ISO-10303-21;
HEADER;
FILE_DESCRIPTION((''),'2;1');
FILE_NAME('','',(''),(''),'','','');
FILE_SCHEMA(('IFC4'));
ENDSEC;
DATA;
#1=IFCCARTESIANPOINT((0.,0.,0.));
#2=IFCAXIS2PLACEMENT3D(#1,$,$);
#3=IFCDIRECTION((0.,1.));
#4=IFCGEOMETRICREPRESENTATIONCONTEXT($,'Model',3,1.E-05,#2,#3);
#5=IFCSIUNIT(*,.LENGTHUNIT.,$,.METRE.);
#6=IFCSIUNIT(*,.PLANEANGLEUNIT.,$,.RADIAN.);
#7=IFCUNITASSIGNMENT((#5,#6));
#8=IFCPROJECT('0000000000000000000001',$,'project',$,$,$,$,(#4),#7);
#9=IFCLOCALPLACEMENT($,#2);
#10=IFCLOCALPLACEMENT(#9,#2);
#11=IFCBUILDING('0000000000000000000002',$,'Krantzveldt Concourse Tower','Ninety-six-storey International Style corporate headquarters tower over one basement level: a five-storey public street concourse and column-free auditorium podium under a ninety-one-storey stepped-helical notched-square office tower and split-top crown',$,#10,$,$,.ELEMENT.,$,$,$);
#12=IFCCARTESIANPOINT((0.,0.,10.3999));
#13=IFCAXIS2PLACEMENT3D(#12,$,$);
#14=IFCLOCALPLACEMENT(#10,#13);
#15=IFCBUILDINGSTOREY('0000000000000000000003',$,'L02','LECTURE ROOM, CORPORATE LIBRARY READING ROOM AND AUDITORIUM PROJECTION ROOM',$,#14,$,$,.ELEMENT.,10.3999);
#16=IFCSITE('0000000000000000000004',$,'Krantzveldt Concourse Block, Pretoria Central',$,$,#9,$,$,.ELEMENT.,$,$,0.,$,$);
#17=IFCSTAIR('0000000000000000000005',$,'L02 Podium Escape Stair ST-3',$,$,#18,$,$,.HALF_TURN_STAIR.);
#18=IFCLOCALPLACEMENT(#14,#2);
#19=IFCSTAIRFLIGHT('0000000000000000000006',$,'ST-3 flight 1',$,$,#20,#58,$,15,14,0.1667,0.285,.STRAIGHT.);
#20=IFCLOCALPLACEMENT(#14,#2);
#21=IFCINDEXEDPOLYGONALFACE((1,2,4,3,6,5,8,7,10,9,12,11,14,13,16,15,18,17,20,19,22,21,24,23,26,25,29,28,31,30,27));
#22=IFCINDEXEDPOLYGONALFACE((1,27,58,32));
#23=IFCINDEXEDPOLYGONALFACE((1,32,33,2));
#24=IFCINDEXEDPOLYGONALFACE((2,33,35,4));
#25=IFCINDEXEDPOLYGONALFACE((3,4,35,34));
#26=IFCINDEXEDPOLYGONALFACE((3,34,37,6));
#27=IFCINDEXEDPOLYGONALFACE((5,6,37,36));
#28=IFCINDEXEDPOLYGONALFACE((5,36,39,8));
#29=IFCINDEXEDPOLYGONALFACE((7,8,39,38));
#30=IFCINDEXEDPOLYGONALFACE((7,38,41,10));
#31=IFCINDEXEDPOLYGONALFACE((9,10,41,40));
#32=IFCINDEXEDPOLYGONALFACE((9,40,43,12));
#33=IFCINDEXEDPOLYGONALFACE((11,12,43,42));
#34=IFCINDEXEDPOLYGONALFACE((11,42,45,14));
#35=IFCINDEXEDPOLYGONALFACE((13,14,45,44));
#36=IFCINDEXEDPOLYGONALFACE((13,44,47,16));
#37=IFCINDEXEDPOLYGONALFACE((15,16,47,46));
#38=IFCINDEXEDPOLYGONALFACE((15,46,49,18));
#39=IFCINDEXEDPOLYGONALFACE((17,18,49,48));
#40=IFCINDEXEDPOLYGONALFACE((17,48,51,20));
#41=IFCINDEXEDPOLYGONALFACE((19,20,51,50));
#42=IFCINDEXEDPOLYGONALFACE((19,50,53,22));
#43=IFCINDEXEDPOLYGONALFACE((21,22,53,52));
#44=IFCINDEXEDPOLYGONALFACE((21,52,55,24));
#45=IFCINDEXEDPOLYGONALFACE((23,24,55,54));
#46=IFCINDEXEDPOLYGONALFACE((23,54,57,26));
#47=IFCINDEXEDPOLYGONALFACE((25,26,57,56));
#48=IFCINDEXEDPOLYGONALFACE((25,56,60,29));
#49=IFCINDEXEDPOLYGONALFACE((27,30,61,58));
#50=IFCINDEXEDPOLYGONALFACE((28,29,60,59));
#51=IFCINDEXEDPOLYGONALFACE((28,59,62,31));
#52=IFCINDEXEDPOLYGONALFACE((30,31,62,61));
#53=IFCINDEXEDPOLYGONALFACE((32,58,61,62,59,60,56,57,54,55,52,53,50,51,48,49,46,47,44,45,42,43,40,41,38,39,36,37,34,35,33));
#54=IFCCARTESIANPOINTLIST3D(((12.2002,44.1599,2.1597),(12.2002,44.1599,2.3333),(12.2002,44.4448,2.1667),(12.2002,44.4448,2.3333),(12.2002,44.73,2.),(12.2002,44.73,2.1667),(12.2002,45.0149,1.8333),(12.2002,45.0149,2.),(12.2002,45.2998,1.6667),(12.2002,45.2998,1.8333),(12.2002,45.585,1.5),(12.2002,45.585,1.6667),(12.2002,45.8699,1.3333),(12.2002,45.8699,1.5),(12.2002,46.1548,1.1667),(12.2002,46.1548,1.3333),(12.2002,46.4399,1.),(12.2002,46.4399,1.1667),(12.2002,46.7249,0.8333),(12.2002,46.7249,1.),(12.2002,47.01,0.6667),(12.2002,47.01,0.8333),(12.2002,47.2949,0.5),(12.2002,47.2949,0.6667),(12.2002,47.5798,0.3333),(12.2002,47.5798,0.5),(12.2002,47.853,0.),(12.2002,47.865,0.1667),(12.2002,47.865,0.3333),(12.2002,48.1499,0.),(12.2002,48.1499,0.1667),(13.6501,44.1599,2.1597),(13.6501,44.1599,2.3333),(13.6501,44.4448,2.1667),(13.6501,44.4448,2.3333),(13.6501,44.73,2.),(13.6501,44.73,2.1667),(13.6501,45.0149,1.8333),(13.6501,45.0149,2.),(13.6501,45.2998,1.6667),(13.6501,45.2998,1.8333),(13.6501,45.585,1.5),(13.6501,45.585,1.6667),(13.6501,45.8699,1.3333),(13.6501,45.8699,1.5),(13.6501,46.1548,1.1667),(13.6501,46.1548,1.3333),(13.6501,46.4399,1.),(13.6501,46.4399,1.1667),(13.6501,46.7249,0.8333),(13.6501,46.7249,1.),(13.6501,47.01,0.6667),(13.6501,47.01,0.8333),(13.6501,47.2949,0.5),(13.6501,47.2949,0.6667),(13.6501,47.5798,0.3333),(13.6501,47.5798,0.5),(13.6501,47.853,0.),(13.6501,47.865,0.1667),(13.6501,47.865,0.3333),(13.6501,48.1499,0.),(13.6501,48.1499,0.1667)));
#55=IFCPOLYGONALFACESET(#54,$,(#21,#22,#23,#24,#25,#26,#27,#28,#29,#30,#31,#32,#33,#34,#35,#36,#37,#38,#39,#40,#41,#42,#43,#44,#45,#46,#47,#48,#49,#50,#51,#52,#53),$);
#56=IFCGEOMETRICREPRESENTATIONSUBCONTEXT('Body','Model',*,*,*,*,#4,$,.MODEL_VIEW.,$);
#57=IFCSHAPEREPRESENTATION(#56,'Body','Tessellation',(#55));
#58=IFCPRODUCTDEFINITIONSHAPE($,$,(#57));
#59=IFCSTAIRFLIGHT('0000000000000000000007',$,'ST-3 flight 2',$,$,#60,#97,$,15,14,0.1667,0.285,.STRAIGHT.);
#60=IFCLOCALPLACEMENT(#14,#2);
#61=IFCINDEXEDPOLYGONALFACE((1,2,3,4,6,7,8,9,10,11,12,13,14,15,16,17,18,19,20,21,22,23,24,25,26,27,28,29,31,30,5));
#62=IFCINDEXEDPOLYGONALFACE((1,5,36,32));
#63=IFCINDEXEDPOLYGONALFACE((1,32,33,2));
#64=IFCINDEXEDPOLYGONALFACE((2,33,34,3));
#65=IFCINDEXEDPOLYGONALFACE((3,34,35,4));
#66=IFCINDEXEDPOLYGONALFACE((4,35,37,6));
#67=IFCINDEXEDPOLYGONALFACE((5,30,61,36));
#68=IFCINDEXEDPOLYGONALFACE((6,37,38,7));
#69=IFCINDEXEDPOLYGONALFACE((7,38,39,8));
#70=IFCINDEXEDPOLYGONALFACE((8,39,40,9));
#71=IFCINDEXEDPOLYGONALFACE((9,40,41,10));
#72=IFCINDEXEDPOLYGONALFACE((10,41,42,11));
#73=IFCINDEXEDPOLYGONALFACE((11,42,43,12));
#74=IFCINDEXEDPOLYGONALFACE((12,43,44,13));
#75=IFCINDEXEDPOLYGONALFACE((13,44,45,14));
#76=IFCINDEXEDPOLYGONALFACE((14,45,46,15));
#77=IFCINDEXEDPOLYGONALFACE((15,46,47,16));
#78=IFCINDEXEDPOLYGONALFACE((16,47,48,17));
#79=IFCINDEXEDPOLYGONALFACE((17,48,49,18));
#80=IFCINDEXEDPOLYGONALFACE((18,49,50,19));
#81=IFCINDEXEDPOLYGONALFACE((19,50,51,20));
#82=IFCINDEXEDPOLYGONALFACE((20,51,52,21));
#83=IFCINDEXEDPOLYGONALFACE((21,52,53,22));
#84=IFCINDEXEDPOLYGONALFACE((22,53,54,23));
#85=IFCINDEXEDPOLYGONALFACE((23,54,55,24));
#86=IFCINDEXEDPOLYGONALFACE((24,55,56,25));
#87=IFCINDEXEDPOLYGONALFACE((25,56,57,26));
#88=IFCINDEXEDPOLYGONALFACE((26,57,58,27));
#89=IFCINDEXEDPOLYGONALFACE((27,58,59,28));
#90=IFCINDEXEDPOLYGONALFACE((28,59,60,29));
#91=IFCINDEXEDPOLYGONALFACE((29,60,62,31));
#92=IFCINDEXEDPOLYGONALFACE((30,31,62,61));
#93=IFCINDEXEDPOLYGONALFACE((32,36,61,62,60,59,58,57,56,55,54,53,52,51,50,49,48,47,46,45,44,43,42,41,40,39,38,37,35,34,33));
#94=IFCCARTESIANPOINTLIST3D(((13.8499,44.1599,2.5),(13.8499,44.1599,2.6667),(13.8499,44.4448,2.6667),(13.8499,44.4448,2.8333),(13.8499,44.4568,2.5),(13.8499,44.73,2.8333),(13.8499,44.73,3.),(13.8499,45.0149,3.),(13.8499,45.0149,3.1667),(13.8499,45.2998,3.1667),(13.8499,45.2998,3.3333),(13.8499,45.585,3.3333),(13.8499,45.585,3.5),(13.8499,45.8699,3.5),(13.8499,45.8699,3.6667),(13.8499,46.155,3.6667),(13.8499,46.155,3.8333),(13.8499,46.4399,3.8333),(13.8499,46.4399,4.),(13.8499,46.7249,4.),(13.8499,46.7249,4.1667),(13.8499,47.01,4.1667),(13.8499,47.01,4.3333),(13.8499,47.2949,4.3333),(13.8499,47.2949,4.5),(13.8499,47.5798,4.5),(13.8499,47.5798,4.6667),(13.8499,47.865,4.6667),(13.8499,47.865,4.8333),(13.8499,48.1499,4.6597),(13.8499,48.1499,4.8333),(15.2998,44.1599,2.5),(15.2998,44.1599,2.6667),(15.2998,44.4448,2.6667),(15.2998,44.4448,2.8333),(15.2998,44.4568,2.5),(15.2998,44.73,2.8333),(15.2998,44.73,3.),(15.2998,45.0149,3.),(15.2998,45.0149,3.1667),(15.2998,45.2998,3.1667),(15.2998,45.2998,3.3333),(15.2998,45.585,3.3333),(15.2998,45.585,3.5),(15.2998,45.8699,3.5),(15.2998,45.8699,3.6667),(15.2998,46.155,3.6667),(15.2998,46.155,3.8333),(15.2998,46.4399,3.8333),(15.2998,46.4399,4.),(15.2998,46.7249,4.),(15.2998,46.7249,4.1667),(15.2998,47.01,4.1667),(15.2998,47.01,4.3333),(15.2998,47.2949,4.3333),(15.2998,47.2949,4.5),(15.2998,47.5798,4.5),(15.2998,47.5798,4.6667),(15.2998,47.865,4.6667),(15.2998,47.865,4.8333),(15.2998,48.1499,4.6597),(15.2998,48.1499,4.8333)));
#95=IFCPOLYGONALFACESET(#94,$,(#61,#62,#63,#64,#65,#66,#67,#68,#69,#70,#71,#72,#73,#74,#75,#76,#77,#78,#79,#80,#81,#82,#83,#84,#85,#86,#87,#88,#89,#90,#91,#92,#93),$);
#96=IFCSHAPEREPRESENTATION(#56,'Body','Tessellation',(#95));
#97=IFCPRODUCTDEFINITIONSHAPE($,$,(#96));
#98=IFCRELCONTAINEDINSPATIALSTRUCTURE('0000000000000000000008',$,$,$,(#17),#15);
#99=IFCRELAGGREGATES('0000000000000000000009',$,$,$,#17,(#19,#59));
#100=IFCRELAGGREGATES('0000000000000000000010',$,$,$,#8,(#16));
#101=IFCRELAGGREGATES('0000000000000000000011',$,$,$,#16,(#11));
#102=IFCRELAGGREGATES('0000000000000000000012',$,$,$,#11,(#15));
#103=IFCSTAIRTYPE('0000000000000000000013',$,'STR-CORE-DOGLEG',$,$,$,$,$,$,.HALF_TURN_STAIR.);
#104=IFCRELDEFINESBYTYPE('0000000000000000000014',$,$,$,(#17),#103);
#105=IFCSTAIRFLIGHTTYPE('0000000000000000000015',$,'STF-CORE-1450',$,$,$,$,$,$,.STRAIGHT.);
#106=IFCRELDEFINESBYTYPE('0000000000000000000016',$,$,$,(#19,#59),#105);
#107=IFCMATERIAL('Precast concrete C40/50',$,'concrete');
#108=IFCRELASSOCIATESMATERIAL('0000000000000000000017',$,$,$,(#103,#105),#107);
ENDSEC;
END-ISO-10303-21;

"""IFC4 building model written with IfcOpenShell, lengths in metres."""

from ifc_helpers import new_model, si_unit, direction, frame, origin, place, context, subcontext, project, spatial, polyline, outline, extrude, material, type_object, element, aggregate, save


model = new_model("IFC4")

# Units and contexts
model_context = context("Model", 3, precision=1e-05, world=origin(), true_north=direction((0.0, 1.0)))
body_context = subcontext(model_context, "Body", "Model", "MODEL_VIEW")
ifc_project = project(units=[si_unit("LENGTHUNIT", "METRE"), si_unit("PLANEANGLEUNIT", "RADIAN")], contexts=[model_context])

# Site, building, storey
site_placement = place(None, origin())
site = spatial("IfcSite", under=ifc_project, at=site_placement, Name="Krantzveldt Concourse Block, Pretoria Central", CompositionType="ELEMENT", RefElevation=0.0)
building_placement = place(site_placement, origin())
building = spatial("IfcBuilding", under=site, at=building_placement, Name="Krantzveldt Concourse Tower", Description="Ninety-six-storey International Style corporate headquarters tower over one basement level: a five-storey public street concourse and column-free auditorium podium under a ninety-one-storey stepped-helical notched-square office tower and split-top crown", CompositionType="ELEMENT")
storey_placement = place(building_placement, frame((0.0, 0.0, 10.3999)))
storey = spatial("IfcBuildingStorey", under=building, at=storey_placement, Name="L02", Description="LECTURE ROOM, CORPORATE LIBRARY READING ROOM AND AUDITORIUM PROJECTION ROOM", CompositionType="ELEMENT", Elevation=10.3999)

# Stair, stair flights
ifc_material_1 = material(Name="Precast concrete C40/50", Category="concrete")
stair_type = type_object("IfcStairType", Name="STR-CORE-DOGLEG", PredefinedType="HALF_TURN_STAIR", material=ifc_material_1)
stair_placement = place(storey_placement, origin())
stair = element("IfcStair", 1, at=stair_placement, inside=storey, type_object=stair_type, Name="L02 Podium Escape Stair ST-3", PredefinedType="HALF_TURN_STAIR")
stair_flight_type = type_object("IfcStairFlightType", Name="STF-CORE-1450", PredefinedType="STRAIGHT", material=ifc_material_1)
stair_flight_1_placement = place(storey_placement, frame((12.925, 48.1499, 0.0), z_axis=(0.0, 0.0, 1.0), x_axis=(0.0, -1.0, 0.0)))
stair_flight_1 = element("IfcStairFlight", 2, at=stair_flight_1_placement, type_object=stair_flight_type, Name="ST-3 flight 1", NumberOfRisers=15, NumberOfTreads=14, PredefinedType="STRAIGHT", RiserHeight=0.1667, TreadLength=0.285, context=body_context, shape_type="SweptSolid", body=[
    extrude(outline(polyline([(0.0, 0.0), (0.0, 0.1667), (0.2849, 0.1667), (0.2849, 0.3333), (0.5701, 0.3333), (0.5701, 0.5), (0.855, 0.5), (0.855, 0.6667), (1.1399, 0.6667), (1.1399, 0.8333), (1.425, 0.8333), (1.425, 1.0), (1.71, 1.0), (1.71, 1.1667), (1.9951, 1.1667), (1.9951, 1.3333), (2.28, 1.3333), (2.28, 1.5), (2.5649, 1.5), (2.5649, 1.6667), (2.8501, 1.6667), (2.8501, 1.8333), (3.135, 1.8333), (3.135, 2.0), (3.4199, 2.0), (3.4199, 2.1667), (3.7051, 2.1667), (3.7051, 2.3333), (3.99, 2.3333), (3.99, 2.5), (3.99, 2.1597), (0.2969, 0.0), (0.0, 0.0)])), frame((0.0, 0.7251, 0.0), z_axis=(0.0, -1.0, 0.0), x_axis=(1.0, 0.0, 0.0)), (0.0, 0.0, 1.0), 1.45),
])
stair_flight_2_placement = place(storey_placement, frame((14.575, 44.1599, 2.5), z_axis=(0.0, 0.0, 1.0), x_axis=(0.0, 1.0, 0.0)))
stair_flight_2 = element("IfcStairFlight", 3, at=stair_flight_2_placement, type_object=stair_flight_type, Name="ST-3 flight 2", NumberOfRisers=15, NumberOfTreads=14, PredefinedType="STRAIGHT", RiserHeight=0.1667, TreadLength=0.285, context=body_context, shape_type="SweptSolid", body=[
    extrude(outline(polyline([(0.0, 0.0), (0.0, 0.1667), (0.2849, 0.1667), (0.2849, 0.3333), (0.5701, 0.3333), (0.5701, 0.5), (0.855, 0.5), (0.855, 0.6667), (1.1399, 0.6667), (1.1399, 0.8333), (1.425, 0.8333), (1.425, 1.0), (1.71, 1.0), (1.71, 1.1667), (1.9951, 1.1667), (1.9951, 1.3333), (2.28, 1.3333), (2.28, 1.5), (2.5649, 1.5), (2.5649, 1.6667), (2.8501, 1.6667), (2.8501, 1.8333), (3.135, 1.8333), (3.135, 2.0), (3.4199, 2.0), (3.4199, 2.1667), (3.7051, 2.1667), (3.7051, 2.3333), (3.99, 2.3333), (3.99, 2.5), (3.99, 2.1597), (0.2969, 0.0), (0.0, 0.0)])), frame((0.0, 0.7251, 0.0), z_axis=(0.0, -1.0, 0.0), x_axis=(1.0, 0.0, 0.0)), (0.0, 0.0, 1.0), 1.45),
])
aggregate(stair, [stair_flight_1, stair_flight_2])

save(model, "model.ifc")
